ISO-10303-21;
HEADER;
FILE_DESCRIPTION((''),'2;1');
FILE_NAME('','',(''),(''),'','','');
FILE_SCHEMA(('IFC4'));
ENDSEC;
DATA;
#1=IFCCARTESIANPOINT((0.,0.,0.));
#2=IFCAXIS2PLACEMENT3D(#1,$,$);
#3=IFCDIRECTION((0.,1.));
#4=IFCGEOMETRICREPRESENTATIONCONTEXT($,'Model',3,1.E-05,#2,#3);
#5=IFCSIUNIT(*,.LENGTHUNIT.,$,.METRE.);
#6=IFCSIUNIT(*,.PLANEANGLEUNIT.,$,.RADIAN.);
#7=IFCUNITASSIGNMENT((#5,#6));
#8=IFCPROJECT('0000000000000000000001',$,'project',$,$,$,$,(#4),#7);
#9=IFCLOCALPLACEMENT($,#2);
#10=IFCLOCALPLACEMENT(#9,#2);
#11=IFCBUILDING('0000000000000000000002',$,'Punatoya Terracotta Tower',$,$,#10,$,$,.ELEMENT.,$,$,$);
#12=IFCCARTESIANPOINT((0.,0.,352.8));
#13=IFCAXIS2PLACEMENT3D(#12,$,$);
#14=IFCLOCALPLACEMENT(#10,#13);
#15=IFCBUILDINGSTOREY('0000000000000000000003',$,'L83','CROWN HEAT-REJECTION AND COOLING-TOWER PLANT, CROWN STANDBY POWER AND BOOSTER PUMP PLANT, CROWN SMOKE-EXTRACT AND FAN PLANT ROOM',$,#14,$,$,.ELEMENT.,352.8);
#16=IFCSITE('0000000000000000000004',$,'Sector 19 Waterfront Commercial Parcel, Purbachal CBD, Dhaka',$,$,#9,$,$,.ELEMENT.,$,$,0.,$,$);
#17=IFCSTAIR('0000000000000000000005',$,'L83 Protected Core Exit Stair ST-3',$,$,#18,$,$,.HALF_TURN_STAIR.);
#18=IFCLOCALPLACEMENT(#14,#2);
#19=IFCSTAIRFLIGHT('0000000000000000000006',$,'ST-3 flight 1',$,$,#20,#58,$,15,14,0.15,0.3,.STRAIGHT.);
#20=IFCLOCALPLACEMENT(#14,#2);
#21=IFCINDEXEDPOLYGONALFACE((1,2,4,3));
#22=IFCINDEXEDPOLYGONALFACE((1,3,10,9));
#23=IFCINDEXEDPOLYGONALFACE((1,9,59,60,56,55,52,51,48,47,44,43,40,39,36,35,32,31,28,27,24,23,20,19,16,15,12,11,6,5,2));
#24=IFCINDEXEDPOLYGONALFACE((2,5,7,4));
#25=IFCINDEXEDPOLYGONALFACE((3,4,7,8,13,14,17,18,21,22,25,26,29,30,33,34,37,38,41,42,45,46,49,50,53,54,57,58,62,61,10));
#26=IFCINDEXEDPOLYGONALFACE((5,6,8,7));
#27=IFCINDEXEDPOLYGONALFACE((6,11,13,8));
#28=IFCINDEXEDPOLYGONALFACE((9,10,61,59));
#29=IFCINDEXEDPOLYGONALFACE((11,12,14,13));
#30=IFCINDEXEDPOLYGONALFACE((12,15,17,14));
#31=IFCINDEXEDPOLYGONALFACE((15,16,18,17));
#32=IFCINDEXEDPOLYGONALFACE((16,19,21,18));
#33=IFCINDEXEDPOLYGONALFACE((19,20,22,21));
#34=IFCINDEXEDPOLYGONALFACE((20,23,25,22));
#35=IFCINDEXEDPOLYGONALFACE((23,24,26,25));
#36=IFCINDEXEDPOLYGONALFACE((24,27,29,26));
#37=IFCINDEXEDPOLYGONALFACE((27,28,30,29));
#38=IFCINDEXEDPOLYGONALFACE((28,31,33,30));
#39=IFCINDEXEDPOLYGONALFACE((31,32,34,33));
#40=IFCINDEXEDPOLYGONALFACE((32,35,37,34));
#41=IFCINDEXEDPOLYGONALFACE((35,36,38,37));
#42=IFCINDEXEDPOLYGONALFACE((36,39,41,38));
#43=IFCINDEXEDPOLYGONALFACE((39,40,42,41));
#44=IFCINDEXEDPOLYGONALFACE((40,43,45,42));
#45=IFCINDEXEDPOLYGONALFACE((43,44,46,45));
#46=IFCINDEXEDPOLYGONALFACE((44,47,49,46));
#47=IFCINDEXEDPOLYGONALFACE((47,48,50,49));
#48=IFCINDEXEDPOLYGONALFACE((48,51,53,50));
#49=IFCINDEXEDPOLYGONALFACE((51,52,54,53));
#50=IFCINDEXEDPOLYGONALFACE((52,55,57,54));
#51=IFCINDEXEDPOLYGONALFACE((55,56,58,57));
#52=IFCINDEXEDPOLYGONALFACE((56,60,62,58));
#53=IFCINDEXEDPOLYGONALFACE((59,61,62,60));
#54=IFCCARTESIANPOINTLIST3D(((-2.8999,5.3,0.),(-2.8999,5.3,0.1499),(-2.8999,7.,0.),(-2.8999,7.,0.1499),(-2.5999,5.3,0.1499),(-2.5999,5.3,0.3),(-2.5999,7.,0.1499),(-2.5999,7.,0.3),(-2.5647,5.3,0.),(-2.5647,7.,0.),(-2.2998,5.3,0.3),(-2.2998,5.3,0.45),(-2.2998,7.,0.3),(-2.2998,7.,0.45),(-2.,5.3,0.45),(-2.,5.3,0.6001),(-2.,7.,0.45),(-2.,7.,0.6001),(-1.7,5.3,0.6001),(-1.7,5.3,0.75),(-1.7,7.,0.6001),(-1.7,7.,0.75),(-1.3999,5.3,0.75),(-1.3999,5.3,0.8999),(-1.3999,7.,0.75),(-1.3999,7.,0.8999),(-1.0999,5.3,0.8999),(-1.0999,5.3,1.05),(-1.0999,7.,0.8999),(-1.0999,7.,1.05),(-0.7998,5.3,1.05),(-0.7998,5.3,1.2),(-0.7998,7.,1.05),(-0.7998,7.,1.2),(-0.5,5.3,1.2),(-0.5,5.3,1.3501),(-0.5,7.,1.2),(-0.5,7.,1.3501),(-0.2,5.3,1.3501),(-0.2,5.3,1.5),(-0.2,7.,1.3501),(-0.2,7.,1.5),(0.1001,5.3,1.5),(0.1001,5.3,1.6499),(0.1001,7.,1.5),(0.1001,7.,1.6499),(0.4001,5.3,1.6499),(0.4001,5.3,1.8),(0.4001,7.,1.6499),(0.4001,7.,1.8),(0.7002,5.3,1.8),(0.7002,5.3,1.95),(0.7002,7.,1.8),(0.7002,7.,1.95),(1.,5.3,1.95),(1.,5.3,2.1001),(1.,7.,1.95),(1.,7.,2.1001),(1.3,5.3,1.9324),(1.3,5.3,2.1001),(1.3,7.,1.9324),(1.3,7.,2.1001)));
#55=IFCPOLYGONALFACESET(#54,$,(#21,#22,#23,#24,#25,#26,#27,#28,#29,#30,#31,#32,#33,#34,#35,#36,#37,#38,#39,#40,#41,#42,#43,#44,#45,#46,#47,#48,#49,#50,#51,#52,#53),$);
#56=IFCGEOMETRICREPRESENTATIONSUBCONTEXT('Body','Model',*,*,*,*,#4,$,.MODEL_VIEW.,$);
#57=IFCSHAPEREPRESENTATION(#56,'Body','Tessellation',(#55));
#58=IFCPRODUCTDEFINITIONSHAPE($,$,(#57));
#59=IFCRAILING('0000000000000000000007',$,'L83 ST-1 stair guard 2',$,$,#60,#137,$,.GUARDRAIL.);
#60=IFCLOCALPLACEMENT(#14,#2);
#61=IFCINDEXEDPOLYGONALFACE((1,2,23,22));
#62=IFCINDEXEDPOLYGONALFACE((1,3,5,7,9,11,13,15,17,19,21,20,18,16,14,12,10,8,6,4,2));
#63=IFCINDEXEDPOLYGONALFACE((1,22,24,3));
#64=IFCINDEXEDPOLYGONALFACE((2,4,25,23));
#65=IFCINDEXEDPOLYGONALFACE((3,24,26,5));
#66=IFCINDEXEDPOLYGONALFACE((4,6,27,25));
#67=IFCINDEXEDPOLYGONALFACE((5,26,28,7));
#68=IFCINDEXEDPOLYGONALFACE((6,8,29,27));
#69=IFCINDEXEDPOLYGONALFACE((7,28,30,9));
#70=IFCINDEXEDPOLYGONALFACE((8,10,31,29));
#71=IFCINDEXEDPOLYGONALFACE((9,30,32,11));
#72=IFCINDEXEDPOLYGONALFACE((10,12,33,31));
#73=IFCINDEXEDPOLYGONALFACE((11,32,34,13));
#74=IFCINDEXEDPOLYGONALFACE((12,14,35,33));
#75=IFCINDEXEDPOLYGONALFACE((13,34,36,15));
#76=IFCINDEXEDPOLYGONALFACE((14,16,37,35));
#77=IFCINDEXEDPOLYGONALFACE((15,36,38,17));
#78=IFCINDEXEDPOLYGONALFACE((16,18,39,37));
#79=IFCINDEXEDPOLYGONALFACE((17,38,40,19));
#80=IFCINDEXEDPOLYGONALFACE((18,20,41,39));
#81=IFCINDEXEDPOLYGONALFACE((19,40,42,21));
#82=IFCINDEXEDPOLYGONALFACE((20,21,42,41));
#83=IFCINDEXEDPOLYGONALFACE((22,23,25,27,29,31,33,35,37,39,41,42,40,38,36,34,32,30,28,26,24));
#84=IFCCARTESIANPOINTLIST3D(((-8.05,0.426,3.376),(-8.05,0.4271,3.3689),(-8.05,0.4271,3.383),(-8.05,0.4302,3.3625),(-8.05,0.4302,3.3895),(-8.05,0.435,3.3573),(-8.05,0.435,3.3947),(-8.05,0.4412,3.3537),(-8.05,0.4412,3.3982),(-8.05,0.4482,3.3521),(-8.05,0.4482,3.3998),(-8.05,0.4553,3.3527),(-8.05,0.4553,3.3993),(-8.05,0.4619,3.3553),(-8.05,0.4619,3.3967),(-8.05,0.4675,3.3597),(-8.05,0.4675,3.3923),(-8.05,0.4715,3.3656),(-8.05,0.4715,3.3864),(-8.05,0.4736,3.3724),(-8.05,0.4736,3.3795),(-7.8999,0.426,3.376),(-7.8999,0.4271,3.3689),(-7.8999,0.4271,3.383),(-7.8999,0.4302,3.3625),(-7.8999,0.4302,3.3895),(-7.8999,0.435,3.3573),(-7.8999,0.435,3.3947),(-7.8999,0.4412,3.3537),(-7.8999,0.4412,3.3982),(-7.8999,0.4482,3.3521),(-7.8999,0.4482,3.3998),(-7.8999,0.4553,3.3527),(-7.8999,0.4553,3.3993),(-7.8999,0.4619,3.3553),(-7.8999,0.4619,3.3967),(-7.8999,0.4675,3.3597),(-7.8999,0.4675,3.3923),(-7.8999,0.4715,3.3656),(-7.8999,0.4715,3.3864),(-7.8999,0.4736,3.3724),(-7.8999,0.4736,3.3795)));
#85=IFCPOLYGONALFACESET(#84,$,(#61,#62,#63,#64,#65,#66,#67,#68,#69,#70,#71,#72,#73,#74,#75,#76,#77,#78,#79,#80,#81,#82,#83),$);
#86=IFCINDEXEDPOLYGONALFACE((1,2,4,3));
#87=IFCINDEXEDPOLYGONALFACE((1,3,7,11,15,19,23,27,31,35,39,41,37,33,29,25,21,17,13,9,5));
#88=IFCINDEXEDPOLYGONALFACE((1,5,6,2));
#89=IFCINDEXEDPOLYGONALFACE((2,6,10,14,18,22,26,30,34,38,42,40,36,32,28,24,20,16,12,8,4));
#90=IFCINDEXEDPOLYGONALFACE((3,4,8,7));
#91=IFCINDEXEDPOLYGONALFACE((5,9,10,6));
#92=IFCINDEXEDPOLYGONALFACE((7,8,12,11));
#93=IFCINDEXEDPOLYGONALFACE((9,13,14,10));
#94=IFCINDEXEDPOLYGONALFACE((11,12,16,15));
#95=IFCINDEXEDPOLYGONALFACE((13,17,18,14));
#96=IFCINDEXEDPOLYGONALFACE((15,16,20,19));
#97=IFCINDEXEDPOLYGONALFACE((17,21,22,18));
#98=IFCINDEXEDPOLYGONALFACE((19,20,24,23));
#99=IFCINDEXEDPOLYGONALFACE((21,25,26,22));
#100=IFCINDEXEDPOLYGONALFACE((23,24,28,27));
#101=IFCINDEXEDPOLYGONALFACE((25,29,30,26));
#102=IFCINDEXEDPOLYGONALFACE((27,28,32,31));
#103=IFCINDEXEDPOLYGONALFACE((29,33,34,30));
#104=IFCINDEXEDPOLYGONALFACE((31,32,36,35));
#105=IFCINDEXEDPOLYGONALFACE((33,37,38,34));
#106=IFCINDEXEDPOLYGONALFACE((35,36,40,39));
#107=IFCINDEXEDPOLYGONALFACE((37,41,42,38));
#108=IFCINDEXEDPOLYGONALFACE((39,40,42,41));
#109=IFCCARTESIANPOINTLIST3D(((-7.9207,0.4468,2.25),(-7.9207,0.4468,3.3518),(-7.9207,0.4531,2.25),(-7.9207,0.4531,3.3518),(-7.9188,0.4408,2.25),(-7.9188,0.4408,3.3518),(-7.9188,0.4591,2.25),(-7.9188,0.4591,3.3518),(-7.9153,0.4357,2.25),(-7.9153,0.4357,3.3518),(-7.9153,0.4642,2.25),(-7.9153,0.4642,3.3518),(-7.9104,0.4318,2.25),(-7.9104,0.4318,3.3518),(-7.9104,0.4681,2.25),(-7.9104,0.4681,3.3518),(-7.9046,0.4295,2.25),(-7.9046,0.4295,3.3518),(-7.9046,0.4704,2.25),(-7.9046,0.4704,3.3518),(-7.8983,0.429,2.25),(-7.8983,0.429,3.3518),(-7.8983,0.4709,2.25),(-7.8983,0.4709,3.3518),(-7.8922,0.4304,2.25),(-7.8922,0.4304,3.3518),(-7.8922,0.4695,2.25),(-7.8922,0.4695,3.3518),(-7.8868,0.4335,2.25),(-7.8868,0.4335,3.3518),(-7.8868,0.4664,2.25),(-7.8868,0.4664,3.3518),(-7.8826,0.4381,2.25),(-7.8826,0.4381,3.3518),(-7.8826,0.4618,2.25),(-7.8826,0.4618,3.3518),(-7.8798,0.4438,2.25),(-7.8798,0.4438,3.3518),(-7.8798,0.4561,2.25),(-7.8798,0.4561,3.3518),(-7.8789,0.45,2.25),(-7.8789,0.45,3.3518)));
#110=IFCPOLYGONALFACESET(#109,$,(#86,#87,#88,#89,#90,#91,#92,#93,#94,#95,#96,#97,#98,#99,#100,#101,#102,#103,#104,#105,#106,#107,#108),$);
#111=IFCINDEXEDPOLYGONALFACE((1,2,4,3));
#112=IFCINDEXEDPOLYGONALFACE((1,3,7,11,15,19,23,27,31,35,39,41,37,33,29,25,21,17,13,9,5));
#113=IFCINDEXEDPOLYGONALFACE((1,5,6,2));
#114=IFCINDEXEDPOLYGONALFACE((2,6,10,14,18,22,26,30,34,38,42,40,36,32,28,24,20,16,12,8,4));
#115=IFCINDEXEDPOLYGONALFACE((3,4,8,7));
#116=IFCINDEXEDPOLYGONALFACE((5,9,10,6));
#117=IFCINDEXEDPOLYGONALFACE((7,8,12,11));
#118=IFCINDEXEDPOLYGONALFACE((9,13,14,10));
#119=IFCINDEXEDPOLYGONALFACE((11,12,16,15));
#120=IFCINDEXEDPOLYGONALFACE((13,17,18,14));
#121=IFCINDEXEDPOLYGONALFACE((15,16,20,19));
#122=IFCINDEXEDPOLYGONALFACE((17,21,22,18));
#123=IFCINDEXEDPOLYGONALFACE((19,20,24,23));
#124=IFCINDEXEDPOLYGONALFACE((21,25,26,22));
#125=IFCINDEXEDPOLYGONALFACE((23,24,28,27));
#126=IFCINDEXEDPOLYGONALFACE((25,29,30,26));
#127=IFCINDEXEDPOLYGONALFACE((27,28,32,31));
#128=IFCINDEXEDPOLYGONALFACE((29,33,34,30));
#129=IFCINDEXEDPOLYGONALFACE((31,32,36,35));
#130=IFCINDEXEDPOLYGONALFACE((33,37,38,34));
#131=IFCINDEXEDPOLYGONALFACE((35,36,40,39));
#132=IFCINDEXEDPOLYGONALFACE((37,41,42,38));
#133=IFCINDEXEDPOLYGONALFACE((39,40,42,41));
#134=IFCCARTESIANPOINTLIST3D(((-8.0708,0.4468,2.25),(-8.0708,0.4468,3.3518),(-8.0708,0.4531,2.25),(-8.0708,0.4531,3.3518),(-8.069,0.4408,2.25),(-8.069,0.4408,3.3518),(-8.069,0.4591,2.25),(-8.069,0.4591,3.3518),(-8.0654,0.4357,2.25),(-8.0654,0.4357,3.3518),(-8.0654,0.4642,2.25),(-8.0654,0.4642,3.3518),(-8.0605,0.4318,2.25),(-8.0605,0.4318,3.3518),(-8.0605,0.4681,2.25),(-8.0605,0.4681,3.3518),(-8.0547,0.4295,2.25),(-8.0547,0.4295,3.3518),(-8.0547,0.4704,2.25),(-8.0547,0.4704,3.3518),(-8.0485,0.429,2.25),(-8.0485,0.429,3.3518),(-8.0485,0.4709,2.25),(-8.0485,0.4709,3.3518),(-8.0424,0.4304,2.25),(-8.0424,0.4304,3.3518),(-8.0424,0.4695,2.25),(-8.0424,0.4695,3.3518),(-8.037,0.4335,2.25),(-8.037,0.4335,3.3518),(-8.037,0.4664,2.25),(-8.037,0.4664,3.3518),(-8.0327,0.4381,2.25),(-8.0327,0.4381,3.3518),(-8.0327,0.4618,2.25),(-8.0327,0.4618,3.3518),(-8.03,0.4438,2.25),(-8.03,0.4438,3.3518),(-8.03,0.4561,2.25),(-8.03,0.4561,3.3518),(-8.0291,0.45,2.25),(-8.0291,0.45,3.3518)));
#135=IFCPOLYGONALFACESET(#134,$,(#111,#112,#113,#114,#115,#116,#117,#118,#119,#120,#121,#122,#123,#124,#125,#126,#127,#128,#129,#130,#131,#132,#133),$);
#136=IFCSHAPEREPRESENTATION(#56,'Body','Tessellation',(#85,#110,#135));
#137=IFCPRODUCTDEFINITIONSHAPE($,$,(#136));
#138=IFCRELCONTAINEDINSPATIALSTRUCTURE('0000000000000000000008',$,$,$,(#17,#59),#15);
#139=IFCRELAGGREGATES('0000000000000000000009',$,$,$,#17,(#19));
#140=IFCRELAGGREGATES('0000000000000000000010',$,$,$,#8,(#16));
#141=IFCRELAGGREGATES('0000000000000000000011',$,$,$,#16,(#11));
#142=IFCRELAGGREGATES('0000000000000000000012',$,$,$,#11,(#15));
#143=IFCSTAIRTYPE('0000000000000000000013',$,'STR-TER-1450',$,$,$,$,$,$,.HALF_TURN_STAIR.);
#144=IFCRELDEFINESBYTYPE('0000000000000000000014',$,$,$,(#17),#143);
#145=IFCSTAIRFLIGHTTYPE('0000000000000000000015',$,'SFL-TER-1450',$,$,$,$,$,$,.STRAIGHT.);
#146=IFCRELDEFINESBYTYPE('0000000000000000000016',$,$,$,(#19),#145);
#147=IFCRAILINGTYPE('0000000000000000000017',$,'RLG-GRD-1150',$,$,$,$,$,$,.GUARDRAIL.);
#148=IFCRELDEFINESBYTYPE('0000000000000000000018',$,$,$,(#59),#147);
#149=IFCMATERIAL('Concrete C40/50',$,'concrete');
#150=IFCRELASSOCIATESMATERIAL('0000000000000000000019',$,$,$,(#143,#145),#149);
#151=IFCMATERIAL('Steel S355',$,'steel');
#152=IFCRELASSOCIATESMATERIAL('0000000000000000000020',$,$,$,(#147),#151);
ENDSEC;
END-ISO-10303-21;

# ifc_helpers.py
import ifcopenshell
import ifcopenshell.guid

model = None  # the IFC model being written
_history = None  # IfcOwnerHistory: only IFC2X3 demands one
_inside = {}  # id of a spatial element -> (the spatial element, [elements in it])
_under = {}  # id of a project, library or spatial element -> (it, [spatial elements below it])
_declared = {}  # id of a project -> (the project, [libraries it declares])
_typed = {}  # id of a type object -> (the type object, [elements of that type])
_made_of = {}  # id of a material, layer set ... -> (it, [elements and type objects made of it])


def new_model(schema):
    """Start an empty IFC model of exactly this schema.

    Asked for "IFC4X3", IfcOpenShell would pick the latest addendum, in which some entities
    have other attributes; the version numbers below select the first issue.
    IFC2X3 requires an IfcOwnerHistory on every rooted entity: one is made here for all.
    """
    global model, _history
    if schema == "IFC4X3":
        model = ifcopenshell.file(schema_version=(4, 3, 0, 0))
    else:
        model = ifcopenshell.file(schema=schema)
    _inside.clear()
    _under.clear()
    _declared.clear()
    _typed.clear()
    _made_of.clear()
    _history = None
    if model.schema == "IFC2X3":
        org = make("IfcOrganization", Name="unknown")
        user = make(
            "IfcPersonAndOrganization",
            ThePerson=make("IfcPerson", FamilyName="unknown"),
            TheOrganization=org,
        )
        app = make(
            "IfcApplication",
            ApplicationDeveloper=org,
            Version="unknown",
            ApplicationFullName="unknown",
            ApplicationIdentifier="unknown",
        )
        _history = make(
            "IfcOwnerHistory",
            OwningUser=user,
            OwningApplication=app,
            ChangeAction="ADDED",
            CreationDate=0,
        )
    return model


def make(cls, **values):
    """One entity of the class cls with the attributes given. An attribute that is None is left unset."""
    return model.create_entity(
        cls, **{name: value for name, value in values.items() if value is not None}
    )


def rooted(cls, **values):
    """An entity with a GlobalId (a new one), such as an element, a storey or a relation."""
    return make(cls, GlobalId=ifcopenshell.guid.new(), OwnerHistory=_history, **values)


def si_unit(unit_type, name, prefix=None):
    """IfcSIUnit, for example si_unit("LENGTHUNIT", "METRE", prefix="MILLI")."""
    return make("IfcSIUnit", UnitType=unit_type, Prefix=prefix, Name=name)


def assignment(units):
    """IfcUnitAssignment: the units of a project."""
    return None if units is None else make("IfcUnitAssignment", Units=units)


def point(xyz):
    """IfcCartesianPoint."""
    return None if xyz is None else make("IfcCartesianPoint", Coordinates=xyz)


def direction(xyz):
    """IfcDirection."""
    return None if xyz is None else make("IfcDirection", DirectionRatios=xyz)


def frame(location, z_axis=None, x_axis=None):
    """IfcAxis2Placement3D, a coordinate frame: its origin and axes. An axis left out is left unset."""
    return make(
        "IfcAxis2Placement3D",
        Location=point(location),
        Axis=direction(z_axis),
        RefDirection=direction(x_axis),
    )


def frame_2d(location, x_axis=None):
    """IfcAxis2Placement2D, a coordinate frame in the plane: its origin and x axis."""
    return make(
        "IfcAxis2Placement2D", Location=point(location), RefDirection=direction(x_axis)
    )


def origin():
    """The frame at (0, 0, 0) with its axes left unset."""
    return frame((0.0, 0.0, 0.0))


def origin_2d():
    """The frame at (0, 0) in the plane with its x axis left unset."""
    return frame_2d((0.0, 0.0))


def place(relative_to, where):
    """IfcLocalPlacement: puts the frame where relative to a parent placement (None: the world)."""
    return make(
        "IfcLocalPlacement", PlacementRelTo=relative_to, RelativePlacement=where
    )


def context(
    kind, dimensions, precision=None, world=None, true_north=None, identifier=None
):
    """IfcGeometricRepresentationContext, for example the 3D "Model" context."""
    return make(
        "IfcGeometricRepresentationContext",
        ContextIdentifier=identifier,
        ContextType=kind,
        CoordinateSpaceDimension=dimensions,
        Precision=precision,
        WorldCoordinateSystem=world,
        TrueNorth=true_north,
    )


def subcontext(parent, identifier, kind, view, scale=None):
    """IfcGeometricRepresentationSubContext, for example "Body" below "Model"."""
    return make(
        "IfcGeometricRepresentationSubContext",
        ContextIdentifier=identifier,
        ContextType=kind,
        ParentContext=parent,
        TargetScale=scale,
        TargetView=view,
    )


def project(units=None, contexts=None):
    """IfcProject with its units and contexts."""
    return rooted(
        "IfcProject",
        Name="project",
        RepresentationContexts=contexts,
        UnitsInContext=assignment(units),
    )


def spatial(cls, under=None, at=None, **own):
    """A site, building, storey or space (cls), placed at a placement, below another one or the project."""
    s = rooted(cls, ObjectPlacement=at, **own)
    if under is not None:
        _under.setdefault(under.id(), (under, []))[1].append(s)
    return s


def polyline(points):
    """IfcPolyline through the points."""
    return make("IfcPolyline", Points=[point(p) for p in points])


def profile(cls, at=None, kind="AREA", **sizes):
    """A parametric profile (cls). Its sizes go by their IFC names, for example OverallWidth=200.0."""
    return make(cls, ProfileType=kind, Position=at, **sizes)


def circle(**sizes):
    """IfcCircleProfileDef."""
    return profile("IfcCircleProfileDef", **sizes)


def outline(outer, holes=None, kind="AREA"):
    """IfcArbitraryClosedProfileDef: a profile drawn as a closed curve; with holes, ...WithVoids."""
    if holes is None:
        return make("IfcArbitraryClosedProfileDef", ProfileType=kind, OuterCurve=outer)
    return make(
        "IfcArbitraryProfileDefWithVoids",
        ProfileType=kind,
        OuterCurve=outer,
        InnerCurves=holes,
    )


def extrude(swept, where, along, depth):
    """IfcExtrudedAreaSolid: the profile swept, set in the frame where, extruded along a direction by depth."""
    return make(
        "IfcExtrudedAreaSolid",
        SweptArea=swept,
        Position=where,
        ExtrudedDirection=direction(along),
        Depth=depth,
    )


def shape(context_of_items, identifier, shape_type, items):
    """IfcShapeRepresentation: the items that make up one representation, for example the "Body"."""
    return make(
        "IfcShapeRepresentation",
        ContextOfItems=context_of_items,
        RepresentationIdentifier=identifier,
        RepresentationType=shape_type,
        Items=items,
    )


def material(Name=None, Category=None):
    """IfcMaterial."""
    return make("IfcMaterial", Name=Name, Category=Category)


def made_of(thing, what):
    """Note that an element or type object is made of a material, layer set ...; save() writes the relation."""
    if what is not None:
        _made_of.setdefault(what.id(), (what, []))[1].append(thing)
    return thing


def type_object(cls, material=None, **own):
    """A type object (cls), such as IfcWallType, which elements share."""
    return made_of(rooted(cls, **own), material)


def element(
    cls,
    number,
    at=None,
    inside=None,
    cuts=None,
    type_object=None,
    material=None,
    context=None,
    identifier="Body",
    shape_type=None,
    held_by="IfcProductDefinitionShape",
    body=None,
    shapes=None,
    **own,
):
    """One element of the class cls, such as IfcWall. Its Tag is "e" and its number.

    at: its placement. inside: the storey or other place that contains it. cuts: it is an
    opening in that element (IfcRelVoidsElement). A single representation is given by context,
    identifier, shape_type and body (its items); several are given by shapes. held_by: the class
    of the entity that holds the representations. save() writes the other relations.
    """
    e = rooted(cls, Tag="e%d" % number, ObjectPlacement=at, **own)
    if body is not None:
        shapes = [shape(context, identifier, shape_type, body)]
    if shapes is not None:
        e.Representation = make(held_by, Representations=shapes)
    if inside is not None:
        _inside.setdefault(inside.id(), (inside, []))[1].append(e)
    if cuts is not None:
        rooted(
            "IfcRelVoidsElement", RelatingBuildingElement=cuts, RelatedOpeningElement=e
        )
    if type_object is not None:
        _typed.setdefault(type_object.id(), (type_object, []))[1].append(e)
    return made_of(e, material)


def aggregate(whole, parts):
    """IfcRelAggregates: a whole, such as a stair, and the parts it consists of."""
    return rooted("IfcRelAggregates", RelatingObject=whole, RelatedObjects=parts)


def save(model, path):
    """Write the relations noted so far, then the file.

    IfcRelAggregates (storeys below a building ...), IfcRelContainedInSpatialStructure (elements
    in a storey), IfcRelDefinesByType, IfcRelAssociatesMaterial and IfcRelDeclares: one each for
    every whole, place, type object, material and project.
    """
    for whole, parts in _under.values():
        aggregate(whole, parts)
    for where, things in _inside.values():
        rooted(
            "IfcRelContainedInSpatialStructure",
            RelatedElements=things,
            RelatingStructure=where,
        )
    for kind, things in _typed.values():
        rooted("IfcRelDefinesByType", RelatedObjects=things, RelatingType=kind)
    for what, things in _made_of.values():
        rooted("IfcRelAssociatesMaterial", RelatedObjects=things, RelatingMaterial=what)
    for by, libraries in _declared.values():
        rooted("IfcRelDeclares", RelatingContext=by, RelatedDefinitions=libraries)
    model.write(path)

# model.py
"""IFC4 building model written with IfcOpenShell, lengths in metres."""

from ifc_helpers import new_model, si_unit, direction, frame, origin, origin_2d, place, context, subcontext, project, spatial, polyline, circle, outline, extrude, material, type_object, element, aggregate, save


model = new_model("IFC4")

# Units and contexts
model_context = context("Model", 3, precision=1e-05, world=origin(), true_north=direction((0.0, 1.0)))
body_context = subcontext(model_context, "Body", "Model", "MODEL_VIEW")
ifc_project = project(units=[si_unit("LENGTHUNIT", "METRE"), si_unit("PLANEANGLEUNIT", "RADIAN")], contexts=[model_context])

# Site, building, storey
site_placement = place(None, origin())
site = spatial("IfcSite", under=ifc_project, at=site_placement, Name="Sector 19 Waterfront Commercial Parcel, Purbachal CBD, Dhaka", CompositionType="ELEMENT", RefElevation=0.0)
building_placement = place(site_placement, origin())
building = spatial("IfcBuilding", under=site, at=building_placement, Name="Punatoya Terracotta Tower", CompositionType="ELEMENT")
storey_placement = place(building_placement, frame((0.0, 0.0, 352.8)))
storey = spatial("IfcBuildingStorey", under=building, at=storey_placement, Name="L83", Description="CROWN HEAT-REJECTION AND COOLING-TOWER PLANT, CROWN STANDBY POWER AND BOOSTER PUMP PLANT, CROWN SMOKE-EXTRACT AND FAN PLANT ROOM", CompositionType="ELEMENT", Elevation=352.8)

# Shared definitions
ifc_material_1 = material(Name="Steel S355", Category="steel")

# Shared definitions
ifc_material_2 = material(Name="Concrete C40/50", Category="concrete")

# Stair, stair flight
stair_type_1 = type_object("IfcStairType", Name="STR-TER-1450", PredefinedType="HALF_TURN_STAIR", material=ifc_material_2)
stair_1_placement = place(storey_placement, origin())
stair_1 = element("IfcStair", 1, at=stair_1_placement, inside=storey, type_object=stair_type_1, Name="L83 Protected Core Exit Stair ST-3", PredefinedType="HALF_TURN_STAIR")
stair_flight_type_1 = type_object("IfcStairFlightType", Name="SFL-TER-1450", PredefinedType="STRAIGHT", material=ifc_material_2)
stair_flight_1_placement = place(storey_placement, frame((-2.8999, 6.1499, 0.0), z_axis=(0.0, 0.0, 1.0), x_axis=(1.0, 0.0, 0.0)))
stair_flight_1 = element("IfcStairFlight", 2, at=stair_flight_1_placement, type_object=stair_flight_type_1, Name="ST-3 flight 1", NumberOfRisers=15, NumberOfTreads=14, PredefinedType="STRAIGHT", RiserHeight=0.15, TreadLength=0.3, context=body_context, shape_type="SweptSolid", body=[
    extrude(outline(polyline([(0.0, 0.0), (0.0, 0.1499), (0.3, 0.1499), (0.3, 0.3), (0.6001, 0.3), (0.6001, 0.45), (0.8999, 0.45), (0.8999, 0.6001), (1.2, 0.6001), (1.2, 0.75), (1.5, 0.75), (1.5, 0.8999), (1.8, 0.8999), (1.8, 1.05), (2.1001, 1.05), (2.1001, 1.2), (2.3999, 1.2), (2.3999, 1.3501), (2.7, 1.3501), (2.7, 1.5), (3.0, 1.5), (3.0, 1.6499), (3.3, 1.6499), (3.3, 1.8), (3.6001, 1.8), (3.6001, 1.95), (3.8999, 1.95), (3.8999, 2.1001), (4.2, 2.1001), (4.2, 2.25), (4.2, 1.9324), (0.3352, 0.0), (0.0, 0.0)])), frame((0.0, 0.8501, 0.0), z_axis=(0.0, -1.0, 0.0), x_axis=(1.0, 0.0, 0.0)), (0.0, 0.0, 1.0), 1.7),
])
aggregate(stair_1, [stair_flight_1])

# Railing
railing_type_1 = type_object("IfcRailingType", Name="RLG-GRD-1150", PredefinedType="GUARDRAIL", material=ifc_material_1)
railing_1_placement = place(storey_placement, frame((-7.8999, 0.45, 2.25)))
element("IfcRailing", 3, at=railing_1_placement, inside=storey, type_object=railing_type_1, Name="L83 ST-1 stair guard 2", PredefinedType="GUARDRAIL", context=body_context, shape_type="SweptSolid", body=[
    extrude(circle(Radius=0.0239, at=origin_2d()), frame((0.0, 0.0, 1.126), z_axis=(-1.0, 0.0, 0.0), x_axis=(0.0, -1.0, 0.0)), (0.0, 0.0, 1.0), 0.1501),
    extrude(circle(Radius=0.021, at=origin_2d()), origin(), (0.0, 0.0, 1.0), 1.1018),
    extrude(circle(Radius=0.021, at=origin_2d()), frame((-0.1501, 0.0, 0.0)), (0.0, 0.0, 1.0), 1.1018),
])

save(model, "model.ifc")
